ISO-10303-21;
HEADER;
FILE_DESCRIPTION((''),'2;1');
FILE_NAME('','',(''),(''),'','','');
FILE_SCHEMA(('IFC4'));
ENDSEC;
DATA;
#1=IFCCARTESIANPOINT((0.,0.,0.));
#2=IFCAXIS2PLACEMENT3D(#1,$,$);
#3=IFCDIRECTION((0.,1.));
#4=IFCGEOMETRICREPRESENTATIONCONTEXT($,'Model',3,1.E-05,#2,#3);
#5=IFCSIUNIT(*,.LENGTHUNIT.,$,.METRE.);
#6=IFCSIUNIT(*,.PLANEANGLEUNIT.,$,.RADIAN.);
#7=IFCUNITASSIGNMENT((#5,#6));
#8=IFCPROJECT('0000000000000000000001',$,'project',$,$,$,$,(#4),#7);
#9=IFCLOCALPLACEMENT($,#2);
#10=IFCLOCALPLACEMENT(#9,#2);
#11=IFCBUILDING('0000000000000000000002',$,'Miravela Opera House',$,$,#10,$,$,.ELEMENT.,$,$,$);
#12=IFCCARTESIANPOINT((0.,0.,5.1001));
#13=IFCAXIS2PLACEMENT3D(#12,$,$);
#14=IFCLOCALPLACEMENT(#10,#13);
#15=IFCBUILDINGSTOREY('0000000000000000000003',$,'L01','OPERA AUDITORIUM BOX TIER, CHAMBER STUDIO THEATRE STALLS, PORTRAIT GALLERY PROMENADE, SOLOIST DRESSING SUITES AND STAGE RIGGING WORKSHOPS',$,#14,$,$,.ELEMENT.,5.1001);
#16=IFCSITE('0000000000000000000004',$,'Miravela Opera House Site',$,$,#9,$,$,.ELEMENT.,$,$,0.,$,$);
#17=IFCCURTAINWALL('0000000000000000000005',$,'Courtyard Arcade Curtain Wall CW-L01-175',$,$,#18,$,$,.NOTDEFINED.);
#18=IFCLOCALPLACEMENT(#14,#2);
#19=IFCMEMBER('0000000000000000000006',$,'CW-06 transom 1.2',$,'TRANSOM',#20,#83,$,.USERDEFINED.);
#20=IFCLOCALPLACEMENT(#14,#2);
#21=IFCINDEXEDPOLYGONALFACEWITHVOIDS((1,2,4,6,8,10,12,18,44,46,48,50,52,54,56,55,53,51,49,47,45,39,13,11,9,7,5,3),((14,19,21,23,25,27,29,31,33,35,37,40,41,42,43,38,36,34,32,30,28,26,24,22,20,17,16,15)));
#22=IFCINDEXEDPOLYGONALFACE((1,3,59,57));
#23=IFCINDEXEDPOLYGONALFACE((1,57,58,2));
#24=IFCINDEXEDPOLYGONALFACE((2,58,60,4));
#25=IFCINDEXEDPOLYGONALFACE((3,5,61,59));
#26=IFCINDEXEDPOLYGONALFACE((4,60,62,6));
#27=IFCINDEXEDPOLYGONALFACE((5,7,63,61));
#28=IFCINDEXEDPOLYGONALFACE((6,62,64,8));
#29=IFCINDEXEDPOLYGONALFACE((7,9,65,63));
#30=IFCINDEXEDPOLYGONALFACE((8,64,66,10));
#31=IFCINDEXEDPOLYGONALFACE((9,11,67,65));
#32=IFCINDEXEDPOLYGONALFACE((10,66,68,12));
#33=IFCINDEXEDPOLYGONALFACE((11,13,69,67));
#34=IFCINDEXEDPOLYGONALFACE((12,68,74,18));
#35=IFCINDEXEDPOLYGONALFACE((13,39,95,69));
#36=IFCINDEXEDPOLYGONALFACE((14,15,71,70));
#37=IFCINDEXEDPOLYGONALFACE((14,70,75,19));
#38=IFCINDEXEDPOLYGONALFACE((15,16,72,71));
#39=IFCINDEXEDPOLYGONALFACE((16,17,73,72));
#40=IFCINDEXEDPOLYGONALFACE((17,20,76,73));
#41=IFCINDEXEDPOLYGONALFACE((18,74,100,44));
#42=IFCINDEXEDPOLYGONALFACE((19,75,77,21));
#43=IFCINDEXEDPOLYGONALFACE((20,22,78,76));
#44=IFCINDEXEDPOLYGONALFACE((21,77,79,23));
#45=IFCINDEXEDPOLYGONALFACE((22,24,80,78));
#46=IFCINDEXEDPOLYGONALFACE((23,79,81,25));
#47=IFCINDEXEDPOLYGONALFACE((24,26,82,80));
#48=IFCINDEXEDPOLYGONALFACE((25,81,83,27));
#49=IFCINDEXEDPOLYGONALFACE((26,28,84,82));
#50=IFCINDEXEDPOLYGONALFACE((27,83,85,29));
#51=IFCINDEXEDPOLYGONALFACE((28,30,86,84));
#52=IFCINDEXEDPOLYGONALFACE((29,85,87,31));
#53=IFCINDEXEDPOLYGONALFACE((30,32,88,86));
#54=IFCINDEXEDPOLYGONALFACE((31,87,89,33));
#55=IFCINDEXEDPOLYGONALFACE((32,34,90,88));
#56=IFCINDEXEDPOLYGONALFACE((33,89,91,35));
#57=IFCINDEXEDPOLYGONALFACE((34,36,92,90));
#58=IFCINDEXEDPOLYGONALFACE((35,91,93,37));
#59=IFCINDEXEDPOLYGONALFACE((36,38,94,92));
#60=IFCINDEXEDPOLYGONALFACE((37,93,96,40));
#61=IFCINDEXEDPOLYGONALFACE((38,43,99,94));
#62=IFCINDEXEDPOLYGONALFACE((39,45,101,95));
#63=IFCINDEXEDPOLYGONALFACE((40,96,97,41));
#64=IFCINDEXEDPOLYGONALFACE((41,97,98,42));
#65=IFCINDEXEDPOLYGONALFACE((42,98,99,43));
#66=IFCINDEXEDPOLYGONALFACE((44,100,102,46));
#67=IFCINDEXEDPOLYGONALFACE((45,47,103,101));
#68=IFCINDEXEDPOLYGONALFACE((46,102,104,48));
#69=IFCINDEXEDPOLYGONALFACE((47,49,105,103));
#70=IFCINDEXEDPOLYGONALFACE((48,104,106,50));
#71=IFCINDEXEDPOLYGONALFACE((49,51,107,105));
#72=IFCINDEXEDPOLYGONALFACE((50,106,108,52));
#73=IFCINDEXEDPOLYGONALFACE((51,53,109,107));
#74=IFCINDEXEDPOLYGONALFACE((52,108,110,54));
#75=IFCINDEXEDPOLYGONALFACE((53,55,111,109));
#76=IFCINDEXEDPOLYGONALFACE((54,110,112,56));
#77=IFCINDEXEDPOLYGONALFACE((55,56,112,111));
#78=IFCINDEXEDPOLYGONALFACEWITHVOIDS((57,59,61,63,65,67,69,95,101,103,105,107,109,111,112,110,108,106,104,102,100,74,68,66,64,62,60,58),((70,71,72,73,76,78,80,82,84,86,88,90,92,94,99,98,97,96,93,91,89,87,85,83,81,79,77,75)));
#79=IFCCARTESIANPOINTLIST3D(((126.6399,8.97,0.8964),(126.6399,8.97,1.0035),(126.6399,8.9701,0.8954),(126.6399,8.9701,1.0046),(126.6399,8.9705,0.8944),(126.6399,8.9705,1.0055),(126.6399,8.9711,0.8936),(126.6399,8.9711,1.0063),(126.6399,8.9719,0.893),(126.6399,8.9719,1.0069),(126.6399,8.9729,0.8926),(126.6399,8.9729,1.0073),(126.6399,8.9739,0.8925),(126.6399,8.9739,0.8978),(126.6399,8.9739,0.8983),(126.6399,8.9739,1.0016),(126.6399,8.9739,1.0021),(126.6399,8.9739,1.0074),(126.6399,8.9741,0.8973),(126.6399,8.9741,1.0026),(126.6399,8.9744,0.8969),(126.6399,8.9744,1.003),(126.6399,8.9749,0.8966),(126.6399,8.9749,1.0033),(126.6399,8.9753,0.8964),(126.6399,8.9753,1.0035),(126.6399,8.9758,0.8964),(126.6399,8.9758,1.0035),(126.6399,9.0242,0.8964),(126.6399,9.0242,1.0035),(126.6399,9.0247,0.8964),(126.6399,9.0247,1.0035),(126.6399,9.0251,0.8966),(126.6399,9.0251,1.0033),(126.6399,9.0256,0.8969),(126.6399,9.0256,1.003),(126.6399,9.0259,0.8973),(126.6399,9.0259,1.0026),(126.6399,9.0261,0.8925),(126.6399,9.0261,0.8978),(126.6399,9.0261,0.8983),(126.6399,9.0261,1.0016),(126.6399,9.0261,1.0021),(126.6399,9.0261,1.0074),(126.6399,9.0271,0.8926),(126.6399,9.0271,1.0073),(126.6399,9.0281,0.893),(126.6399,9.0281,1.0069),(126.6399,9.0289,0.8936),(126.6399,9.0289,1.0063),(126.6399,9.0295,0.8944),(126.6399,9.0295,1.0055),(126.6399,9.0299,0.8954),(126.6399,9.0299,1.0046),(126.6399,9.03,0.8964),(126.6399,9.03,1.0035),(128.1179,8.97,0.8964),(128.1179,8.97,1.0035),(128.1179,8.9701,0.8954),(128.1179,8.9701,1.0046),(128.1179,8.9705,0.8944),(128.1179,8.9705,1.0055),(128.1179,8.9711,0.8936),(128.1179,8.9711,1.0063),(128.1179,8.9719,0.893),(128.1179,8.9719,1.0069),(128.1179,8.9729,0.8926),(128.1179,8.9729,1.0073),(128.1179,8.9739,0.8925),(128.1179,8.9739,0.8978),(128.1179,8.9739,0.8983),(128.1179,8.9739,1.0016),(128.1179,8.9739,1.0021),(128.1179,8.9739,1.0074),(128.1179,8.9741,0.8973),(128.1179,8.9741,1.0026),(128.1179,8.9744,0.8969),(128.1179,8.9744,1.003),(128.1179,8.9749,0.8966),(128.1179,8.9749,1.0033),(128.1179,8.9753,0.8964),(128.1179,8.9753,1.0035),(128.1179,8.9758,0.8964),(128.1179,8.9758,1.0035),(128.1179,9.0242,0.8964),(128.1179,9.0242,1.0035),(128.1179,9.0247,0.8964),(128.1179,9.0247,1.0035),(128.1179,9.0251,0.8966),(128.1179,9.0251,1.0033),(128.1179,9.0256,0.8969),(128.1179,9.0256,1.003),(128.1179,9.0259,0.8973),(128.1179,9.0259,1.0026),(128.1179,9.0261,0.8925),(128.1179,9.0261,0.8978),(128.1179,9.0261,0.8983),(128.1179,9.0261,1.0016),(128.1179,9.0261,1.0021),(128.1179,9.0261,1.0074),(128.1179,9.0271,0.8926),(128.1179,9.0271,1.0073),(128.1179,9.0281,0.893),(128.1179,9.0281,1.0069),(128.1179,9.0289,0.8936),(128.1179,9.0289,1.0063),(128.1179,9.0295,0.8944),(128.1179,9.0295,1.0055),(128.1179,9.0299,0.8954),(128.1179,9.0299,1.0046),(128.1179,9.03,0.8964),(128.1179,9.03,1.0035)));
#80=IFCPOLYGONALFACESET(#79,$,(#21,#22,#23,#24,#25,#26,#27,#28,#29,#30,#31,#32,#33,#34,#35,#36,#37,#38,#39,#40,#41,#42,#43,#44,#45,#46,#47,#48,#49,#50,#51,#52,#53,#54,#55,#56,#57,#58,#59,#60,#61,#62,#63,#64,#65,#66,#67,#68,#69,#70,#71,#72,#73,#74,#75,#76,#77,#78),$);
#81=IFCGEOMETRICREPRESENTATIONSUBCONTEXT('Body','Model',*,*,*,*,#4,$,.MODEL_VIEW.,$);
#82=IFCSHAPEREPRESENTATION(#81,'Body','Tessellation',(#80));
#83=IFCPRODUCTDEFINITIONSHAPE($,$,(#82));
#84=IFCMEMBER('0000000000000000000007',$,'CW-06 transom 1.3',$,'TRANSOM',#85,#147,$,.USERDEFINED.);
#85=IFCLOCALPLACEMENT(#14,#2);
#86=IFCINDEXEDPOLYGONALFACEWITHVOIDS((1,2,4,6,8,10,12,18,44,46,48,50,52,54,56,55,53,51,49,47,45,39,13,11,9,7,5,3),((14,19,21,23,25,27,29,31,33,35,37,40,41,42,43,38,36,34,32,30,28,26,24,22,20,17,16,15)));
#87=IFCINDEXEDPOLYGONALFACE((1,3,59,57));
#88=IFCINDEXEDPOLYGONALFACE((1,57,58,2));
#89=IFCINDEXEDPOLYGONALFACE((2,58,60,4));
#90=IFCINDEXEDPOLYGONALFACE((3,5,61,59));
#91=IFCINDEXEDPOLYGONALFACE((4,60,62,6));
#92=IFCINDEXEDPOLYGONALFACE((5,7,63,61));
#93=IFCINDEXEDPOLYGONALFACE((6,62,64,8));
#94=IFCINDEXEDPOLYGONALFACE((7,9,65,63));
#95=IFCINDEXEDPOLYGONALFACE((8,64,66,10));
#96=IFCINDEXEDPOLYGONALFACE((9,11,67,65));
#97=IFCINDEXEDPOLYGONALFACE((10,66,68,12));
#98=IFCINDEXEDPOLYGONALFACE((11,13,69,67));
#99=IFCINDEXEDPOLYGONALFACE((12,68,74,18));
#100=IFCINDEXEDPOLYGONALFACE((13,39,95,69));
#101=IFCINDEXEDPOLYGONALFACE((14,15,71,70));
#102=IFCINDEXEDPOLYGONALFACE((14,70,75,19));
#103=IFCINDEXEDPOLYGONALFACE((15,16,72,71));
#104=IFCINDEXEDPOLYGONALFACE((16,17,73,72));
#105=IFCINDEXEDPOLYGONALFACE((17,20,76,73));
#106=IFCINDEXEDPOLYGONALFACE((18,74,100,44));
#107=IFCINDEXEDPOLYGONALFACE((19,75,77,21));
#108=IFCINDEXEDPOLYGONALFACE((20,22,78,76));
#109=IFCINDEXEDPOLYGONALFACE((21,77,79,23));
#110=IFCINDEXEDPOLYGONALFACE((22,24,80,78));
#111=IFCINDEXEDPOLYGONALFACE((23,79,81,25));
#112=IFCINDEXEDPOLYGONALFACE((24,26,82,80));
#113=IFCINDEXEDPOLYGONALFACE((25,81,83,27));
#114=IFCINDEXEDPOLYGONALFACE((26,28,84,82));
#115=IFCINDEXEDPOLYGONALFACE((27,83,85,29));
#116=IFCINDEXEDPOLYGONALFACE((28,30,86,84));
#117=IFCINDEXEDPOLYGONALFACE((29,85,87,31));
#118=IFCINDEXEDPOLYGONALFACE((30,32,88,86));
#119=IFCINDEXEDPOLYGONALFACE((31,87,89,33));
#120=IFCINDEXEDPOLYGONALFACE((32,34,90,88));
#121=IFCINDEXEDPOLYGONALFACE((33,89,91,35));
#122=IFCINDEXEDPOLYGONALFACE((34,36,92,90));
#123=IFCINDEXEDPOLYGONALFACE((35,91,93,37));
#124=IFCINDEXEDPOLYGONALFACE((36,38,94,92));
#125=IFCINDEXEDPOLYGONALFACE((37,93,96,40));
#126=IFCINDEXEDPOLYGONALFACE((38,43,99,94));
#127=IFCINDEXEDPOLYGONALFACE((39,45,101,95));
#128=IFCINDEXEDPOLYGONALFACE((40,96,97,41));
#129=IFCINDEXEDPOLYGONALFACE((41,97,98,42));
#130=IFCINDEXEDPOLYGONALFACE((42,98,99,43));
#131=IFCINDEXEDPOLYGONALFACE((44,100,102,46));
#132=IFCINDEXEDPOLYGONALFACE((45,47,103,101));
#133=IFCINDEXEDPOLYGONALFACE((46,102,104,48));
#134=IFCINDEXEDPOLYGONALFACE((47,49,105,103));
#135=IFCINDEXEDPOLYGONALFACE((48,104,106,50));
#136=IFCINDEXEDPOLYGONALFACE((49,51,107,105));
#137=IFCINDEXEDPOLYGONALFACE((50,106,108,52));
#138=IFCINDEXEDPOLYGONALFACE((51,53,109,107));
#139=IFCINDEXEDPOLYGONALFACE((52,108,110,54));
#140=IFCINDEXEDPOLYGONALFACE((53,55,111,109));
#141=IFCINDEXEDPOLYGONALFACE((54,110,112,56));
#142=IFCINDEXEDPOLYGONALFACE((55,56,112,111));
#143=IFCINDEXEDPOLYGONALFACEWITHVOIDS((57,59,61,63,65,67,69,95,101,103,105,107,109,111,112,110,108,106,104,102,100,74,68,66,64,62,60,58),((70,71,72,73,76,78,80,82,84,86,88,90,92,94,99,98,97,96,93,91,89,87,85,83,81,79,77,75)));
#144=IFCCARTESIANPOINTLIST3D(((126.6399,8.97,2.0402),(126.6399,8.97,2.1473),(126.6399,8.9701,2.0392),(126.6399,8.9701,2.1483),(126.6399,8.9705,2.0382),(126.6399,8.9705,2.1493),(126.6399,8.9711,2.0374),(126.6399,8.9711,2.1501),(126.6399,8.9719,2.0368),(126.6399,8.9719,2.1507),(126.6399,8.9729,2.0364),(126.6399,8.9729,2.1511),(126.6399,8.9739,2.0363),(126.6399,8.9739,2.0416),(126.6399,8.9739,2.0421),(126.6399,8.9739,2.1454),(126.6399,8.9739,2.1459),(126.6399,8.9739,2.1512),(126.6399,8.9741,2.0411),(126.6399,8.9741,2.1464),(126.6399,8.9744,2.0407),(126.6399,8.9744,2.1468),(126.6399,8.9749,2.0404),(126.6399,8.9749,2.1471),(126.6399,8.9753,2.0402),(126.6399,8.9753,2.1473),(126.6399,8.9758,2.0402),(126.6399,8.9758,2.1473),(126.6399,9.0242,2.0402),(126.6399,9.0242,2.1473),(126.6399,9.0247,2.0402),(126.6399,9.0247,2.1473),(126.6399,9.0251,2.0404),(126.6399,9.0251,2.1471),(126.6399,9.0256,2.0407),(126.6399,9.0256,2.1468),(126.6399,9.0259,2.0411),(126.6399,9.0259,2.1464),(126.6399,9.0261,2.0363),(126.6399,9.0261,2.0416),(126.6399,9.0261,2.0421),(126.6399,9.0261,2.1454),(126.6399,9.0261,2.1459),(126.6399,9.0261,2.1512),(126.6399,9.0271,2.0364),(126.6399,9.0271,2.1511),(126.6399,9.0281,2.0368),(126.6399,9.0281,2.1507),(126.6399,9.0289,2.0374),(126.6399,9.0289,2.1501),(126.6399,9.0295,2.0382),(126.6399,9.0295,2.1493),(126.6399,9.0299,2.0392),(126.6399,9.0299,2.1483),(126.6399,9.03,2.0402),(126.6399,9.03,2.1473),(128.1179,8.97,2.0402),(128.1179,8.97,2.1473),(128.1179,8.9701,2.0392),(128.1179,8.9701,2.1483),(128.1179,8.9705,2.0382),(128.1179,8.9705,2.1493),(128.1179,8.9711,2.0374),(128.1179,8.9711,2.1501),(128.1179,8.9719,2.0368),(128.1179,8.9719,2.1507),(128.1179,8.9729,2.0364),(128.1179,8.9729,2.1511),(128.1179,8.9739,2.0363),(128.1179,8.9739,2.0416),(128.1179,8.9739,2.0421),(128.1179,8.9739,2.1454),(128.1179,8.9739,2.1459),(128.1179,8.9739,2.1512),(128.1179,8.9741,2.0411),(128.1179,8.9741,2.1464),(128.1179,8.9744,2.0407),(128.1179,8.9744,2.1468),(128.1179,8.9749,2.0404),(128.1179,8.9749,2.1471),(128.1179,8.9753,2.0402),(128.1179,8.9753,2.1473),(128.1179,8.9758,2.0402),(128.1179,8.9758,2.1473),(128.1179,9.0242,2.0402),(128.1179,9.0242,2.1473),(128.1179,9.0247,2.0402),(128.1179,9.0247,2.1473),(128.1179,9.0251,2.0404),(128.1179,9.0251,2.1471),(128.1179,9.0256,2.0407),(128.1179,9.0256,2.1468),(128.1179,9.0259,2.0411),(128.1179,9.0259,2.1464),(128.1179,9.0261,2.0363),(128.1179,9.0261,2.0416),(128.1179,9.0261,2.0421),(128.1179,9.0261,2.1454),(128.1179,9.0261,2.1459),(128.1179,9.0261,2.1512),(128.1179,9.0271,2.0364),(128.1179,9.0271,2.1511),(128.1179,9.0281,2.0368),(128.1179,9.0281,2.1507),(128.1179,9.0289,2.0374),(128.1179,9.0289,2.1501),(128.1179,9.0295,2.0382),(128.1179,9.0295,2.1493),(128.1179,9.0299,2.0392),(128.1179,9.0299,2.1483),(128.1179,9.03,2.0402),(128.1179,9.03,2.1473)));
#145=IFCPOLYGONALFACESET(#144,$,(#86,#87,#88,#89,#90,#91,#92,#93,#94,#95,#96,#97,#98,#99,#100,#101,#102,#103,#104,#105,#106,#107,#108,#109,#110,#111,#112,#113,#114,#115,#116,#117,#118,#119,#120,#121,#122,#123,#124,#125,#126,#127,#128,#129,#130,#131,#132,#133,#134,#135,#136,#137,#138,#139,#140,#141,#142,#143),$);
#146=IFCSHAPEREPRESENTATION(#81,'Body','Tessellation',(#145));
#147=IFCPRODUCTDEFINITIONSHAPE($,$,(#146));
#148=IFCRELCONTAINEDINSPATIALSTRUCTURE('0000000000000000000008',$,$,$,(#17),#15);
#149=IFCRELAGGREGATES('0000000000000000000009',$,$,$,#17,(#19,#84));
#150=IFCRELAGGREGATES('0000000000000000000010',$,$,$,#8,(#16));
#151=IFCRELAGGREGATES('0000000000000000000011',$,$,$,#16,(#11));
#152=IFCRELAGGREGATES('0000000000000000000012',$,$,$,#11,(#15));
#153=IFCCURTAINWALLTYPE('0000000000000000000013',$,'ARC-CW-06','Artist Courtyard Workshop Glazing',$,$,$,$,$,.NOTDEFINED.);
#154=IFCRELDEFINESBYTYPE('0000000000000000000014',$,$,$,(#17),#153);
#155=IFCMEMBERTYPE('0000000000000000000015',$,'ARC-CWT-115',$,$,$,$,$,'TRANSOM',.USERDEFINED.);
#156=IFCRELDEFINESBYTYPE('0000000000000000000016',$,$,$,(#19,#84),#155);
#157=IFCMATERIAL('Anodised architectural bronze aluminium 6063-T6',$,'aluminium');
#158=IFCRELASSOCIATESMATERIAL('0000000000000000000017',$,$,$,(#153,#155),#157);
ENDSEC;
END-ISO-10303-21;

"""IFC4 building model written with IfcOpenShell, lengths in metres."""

from ifc_helpers import new_model, si_unit, direction, frame, origin, origin_2d, place, context, subcontext, project, spatial, hollow_rectangle, extrude, material, material_profile, profile_set, type_object, element, aggregate, save


model = new_model("IFC4")

# Units and contexts
model_context = context("Model", 3, precision=1e-05, world=origin(), true_north=direction((0.0, 1.0)))
body_context = subcontext(model_context, "Body", "Model", "MODEL_VIEW")
ifc_project = project(units=[si_unit("LENGTHUNIT", "METRE"), si_unit("PLANEANGLEUNIT", "RADIAN")], contexts=[model_context])

# Site, building, storey
site_placement = place(None, origin())
site = spatial("IfcSite", under=ifc_project, at=site_placement, Name="Miravela Opera House Site", CompositionType="ELEMENT", RefElevation=0.0)
building_placement = place(site_placement, origin())
building = spatial("IfcBuilding", under=site, at=building_placement, Name="Miravela Opera House", CompositionType="ELEMENT")
storey_placement = place(building_placement, frame((0.0, 0.0, 5.1001)))
storey = spatial("IfcBuildingStorey", under=building, at=storey_placement, Name="L01", Description="OPERA AUDITORIUM BOX TIER, CHAMBER STUDIO THEATRE STALLS, PORTRAIT GALLERY PROMENADE, SOLOIST DRESSING SUITES AND STAGE RIGGING WORKSHOPS", CompositionType="ELEMENT", Elevation=5.1001)

# Shared definitions
ifc_material_1 = material(Name="Anodised architectural bronze aluminium 6063-T6", Category="aluminium")
curtain_wall_type = type_object("IfcCurtainWallType", Name="ARC-CW-06", Description="Artist Courtyard Workshop Glazing", PredefinedType="NOTDEFINED", material=ifc_material_1)

# Curtain wall
curtain_wall_1_placement = place(storey_placement, origin())
curtain_wall_1 = element("IfcCurtainWall", 1, at=curtain_wall_1_placement, inside=storey, type_object=curtain_wall_type, Name="Courtyard Arcade Curtain Wall CW-L01-175", PredefinedType="NOTDEFINED")

# Members
ifc_material_profile_1 = material_profile(ifc_material_1, hollow_rectangle(XDim=0.0601, YDim=0.115, WallThickness=0.0039, InnerFilletRadius=0.002, OuterFilletRadius=0.0039, at=origin_2d()), Name="CWT-60X115")
ifc_profile_set_1 = profile_set([ifc_material_profile_1])
member_type_1 = type_object("IfcMemberType", Name="ARC-CWT-115", ElementType="TRANSOM", PredefinedType="USERDEFINED", material=ifc_profile_set_1)
member_1_placement = place(storey_placement, frame((126.6399, 9.0, 0.95), z_axis=(1.0, 0.0, 0.0), x_axis=(0.0, 1.0, 0.0)))
member_1 = element("IfcMember", 2, at=member_1_placement, type_object=member_type_1, Name="CW-06 transom 1.2", ObjectType="TRANSOM", PredefinedType="USERDEFINED", context=body_context, shape_type="SweptSolid", body=[
    extrude(hollow_rectangle(XDim=0.0601, YDim=0.115, WallThickness=0.0039, InnerFilletRadius=0.002, OuterFilletRadius=0.0039, at=origin_2d()), origin(), (0.0, 0.0, 1.0), 1.478),
])
member_2_placement = place(storey_placement, frame((126.6399, 9.0, 2.0938), z_axis=(1.0, 0.0, 0.0), x_axis=(0.0, 1.0, 0.0)))
member_2 = element("IfcMember", 3, at=member_2_placement, type_object=member_type_1, Name="CW-06 transom 1.3", ObjectType="TRANSOM", PredefinedType="USERDEFINED", context=body_context, shape_type="SweptSolid", body=[
    extrude(hollow_rectangle(XDim=0.0601, YDim=0.115, WallThickness=0.0039, InnerFilletRadius=0.002, OuterFilletRadius=0.0039, at=origin_2d()), origin(), (0.0, 0.0, 1.0), 1.478),
])

aggregate(curtain_wall_1, [member_1, member_2])

save(model, "model.ifc")
